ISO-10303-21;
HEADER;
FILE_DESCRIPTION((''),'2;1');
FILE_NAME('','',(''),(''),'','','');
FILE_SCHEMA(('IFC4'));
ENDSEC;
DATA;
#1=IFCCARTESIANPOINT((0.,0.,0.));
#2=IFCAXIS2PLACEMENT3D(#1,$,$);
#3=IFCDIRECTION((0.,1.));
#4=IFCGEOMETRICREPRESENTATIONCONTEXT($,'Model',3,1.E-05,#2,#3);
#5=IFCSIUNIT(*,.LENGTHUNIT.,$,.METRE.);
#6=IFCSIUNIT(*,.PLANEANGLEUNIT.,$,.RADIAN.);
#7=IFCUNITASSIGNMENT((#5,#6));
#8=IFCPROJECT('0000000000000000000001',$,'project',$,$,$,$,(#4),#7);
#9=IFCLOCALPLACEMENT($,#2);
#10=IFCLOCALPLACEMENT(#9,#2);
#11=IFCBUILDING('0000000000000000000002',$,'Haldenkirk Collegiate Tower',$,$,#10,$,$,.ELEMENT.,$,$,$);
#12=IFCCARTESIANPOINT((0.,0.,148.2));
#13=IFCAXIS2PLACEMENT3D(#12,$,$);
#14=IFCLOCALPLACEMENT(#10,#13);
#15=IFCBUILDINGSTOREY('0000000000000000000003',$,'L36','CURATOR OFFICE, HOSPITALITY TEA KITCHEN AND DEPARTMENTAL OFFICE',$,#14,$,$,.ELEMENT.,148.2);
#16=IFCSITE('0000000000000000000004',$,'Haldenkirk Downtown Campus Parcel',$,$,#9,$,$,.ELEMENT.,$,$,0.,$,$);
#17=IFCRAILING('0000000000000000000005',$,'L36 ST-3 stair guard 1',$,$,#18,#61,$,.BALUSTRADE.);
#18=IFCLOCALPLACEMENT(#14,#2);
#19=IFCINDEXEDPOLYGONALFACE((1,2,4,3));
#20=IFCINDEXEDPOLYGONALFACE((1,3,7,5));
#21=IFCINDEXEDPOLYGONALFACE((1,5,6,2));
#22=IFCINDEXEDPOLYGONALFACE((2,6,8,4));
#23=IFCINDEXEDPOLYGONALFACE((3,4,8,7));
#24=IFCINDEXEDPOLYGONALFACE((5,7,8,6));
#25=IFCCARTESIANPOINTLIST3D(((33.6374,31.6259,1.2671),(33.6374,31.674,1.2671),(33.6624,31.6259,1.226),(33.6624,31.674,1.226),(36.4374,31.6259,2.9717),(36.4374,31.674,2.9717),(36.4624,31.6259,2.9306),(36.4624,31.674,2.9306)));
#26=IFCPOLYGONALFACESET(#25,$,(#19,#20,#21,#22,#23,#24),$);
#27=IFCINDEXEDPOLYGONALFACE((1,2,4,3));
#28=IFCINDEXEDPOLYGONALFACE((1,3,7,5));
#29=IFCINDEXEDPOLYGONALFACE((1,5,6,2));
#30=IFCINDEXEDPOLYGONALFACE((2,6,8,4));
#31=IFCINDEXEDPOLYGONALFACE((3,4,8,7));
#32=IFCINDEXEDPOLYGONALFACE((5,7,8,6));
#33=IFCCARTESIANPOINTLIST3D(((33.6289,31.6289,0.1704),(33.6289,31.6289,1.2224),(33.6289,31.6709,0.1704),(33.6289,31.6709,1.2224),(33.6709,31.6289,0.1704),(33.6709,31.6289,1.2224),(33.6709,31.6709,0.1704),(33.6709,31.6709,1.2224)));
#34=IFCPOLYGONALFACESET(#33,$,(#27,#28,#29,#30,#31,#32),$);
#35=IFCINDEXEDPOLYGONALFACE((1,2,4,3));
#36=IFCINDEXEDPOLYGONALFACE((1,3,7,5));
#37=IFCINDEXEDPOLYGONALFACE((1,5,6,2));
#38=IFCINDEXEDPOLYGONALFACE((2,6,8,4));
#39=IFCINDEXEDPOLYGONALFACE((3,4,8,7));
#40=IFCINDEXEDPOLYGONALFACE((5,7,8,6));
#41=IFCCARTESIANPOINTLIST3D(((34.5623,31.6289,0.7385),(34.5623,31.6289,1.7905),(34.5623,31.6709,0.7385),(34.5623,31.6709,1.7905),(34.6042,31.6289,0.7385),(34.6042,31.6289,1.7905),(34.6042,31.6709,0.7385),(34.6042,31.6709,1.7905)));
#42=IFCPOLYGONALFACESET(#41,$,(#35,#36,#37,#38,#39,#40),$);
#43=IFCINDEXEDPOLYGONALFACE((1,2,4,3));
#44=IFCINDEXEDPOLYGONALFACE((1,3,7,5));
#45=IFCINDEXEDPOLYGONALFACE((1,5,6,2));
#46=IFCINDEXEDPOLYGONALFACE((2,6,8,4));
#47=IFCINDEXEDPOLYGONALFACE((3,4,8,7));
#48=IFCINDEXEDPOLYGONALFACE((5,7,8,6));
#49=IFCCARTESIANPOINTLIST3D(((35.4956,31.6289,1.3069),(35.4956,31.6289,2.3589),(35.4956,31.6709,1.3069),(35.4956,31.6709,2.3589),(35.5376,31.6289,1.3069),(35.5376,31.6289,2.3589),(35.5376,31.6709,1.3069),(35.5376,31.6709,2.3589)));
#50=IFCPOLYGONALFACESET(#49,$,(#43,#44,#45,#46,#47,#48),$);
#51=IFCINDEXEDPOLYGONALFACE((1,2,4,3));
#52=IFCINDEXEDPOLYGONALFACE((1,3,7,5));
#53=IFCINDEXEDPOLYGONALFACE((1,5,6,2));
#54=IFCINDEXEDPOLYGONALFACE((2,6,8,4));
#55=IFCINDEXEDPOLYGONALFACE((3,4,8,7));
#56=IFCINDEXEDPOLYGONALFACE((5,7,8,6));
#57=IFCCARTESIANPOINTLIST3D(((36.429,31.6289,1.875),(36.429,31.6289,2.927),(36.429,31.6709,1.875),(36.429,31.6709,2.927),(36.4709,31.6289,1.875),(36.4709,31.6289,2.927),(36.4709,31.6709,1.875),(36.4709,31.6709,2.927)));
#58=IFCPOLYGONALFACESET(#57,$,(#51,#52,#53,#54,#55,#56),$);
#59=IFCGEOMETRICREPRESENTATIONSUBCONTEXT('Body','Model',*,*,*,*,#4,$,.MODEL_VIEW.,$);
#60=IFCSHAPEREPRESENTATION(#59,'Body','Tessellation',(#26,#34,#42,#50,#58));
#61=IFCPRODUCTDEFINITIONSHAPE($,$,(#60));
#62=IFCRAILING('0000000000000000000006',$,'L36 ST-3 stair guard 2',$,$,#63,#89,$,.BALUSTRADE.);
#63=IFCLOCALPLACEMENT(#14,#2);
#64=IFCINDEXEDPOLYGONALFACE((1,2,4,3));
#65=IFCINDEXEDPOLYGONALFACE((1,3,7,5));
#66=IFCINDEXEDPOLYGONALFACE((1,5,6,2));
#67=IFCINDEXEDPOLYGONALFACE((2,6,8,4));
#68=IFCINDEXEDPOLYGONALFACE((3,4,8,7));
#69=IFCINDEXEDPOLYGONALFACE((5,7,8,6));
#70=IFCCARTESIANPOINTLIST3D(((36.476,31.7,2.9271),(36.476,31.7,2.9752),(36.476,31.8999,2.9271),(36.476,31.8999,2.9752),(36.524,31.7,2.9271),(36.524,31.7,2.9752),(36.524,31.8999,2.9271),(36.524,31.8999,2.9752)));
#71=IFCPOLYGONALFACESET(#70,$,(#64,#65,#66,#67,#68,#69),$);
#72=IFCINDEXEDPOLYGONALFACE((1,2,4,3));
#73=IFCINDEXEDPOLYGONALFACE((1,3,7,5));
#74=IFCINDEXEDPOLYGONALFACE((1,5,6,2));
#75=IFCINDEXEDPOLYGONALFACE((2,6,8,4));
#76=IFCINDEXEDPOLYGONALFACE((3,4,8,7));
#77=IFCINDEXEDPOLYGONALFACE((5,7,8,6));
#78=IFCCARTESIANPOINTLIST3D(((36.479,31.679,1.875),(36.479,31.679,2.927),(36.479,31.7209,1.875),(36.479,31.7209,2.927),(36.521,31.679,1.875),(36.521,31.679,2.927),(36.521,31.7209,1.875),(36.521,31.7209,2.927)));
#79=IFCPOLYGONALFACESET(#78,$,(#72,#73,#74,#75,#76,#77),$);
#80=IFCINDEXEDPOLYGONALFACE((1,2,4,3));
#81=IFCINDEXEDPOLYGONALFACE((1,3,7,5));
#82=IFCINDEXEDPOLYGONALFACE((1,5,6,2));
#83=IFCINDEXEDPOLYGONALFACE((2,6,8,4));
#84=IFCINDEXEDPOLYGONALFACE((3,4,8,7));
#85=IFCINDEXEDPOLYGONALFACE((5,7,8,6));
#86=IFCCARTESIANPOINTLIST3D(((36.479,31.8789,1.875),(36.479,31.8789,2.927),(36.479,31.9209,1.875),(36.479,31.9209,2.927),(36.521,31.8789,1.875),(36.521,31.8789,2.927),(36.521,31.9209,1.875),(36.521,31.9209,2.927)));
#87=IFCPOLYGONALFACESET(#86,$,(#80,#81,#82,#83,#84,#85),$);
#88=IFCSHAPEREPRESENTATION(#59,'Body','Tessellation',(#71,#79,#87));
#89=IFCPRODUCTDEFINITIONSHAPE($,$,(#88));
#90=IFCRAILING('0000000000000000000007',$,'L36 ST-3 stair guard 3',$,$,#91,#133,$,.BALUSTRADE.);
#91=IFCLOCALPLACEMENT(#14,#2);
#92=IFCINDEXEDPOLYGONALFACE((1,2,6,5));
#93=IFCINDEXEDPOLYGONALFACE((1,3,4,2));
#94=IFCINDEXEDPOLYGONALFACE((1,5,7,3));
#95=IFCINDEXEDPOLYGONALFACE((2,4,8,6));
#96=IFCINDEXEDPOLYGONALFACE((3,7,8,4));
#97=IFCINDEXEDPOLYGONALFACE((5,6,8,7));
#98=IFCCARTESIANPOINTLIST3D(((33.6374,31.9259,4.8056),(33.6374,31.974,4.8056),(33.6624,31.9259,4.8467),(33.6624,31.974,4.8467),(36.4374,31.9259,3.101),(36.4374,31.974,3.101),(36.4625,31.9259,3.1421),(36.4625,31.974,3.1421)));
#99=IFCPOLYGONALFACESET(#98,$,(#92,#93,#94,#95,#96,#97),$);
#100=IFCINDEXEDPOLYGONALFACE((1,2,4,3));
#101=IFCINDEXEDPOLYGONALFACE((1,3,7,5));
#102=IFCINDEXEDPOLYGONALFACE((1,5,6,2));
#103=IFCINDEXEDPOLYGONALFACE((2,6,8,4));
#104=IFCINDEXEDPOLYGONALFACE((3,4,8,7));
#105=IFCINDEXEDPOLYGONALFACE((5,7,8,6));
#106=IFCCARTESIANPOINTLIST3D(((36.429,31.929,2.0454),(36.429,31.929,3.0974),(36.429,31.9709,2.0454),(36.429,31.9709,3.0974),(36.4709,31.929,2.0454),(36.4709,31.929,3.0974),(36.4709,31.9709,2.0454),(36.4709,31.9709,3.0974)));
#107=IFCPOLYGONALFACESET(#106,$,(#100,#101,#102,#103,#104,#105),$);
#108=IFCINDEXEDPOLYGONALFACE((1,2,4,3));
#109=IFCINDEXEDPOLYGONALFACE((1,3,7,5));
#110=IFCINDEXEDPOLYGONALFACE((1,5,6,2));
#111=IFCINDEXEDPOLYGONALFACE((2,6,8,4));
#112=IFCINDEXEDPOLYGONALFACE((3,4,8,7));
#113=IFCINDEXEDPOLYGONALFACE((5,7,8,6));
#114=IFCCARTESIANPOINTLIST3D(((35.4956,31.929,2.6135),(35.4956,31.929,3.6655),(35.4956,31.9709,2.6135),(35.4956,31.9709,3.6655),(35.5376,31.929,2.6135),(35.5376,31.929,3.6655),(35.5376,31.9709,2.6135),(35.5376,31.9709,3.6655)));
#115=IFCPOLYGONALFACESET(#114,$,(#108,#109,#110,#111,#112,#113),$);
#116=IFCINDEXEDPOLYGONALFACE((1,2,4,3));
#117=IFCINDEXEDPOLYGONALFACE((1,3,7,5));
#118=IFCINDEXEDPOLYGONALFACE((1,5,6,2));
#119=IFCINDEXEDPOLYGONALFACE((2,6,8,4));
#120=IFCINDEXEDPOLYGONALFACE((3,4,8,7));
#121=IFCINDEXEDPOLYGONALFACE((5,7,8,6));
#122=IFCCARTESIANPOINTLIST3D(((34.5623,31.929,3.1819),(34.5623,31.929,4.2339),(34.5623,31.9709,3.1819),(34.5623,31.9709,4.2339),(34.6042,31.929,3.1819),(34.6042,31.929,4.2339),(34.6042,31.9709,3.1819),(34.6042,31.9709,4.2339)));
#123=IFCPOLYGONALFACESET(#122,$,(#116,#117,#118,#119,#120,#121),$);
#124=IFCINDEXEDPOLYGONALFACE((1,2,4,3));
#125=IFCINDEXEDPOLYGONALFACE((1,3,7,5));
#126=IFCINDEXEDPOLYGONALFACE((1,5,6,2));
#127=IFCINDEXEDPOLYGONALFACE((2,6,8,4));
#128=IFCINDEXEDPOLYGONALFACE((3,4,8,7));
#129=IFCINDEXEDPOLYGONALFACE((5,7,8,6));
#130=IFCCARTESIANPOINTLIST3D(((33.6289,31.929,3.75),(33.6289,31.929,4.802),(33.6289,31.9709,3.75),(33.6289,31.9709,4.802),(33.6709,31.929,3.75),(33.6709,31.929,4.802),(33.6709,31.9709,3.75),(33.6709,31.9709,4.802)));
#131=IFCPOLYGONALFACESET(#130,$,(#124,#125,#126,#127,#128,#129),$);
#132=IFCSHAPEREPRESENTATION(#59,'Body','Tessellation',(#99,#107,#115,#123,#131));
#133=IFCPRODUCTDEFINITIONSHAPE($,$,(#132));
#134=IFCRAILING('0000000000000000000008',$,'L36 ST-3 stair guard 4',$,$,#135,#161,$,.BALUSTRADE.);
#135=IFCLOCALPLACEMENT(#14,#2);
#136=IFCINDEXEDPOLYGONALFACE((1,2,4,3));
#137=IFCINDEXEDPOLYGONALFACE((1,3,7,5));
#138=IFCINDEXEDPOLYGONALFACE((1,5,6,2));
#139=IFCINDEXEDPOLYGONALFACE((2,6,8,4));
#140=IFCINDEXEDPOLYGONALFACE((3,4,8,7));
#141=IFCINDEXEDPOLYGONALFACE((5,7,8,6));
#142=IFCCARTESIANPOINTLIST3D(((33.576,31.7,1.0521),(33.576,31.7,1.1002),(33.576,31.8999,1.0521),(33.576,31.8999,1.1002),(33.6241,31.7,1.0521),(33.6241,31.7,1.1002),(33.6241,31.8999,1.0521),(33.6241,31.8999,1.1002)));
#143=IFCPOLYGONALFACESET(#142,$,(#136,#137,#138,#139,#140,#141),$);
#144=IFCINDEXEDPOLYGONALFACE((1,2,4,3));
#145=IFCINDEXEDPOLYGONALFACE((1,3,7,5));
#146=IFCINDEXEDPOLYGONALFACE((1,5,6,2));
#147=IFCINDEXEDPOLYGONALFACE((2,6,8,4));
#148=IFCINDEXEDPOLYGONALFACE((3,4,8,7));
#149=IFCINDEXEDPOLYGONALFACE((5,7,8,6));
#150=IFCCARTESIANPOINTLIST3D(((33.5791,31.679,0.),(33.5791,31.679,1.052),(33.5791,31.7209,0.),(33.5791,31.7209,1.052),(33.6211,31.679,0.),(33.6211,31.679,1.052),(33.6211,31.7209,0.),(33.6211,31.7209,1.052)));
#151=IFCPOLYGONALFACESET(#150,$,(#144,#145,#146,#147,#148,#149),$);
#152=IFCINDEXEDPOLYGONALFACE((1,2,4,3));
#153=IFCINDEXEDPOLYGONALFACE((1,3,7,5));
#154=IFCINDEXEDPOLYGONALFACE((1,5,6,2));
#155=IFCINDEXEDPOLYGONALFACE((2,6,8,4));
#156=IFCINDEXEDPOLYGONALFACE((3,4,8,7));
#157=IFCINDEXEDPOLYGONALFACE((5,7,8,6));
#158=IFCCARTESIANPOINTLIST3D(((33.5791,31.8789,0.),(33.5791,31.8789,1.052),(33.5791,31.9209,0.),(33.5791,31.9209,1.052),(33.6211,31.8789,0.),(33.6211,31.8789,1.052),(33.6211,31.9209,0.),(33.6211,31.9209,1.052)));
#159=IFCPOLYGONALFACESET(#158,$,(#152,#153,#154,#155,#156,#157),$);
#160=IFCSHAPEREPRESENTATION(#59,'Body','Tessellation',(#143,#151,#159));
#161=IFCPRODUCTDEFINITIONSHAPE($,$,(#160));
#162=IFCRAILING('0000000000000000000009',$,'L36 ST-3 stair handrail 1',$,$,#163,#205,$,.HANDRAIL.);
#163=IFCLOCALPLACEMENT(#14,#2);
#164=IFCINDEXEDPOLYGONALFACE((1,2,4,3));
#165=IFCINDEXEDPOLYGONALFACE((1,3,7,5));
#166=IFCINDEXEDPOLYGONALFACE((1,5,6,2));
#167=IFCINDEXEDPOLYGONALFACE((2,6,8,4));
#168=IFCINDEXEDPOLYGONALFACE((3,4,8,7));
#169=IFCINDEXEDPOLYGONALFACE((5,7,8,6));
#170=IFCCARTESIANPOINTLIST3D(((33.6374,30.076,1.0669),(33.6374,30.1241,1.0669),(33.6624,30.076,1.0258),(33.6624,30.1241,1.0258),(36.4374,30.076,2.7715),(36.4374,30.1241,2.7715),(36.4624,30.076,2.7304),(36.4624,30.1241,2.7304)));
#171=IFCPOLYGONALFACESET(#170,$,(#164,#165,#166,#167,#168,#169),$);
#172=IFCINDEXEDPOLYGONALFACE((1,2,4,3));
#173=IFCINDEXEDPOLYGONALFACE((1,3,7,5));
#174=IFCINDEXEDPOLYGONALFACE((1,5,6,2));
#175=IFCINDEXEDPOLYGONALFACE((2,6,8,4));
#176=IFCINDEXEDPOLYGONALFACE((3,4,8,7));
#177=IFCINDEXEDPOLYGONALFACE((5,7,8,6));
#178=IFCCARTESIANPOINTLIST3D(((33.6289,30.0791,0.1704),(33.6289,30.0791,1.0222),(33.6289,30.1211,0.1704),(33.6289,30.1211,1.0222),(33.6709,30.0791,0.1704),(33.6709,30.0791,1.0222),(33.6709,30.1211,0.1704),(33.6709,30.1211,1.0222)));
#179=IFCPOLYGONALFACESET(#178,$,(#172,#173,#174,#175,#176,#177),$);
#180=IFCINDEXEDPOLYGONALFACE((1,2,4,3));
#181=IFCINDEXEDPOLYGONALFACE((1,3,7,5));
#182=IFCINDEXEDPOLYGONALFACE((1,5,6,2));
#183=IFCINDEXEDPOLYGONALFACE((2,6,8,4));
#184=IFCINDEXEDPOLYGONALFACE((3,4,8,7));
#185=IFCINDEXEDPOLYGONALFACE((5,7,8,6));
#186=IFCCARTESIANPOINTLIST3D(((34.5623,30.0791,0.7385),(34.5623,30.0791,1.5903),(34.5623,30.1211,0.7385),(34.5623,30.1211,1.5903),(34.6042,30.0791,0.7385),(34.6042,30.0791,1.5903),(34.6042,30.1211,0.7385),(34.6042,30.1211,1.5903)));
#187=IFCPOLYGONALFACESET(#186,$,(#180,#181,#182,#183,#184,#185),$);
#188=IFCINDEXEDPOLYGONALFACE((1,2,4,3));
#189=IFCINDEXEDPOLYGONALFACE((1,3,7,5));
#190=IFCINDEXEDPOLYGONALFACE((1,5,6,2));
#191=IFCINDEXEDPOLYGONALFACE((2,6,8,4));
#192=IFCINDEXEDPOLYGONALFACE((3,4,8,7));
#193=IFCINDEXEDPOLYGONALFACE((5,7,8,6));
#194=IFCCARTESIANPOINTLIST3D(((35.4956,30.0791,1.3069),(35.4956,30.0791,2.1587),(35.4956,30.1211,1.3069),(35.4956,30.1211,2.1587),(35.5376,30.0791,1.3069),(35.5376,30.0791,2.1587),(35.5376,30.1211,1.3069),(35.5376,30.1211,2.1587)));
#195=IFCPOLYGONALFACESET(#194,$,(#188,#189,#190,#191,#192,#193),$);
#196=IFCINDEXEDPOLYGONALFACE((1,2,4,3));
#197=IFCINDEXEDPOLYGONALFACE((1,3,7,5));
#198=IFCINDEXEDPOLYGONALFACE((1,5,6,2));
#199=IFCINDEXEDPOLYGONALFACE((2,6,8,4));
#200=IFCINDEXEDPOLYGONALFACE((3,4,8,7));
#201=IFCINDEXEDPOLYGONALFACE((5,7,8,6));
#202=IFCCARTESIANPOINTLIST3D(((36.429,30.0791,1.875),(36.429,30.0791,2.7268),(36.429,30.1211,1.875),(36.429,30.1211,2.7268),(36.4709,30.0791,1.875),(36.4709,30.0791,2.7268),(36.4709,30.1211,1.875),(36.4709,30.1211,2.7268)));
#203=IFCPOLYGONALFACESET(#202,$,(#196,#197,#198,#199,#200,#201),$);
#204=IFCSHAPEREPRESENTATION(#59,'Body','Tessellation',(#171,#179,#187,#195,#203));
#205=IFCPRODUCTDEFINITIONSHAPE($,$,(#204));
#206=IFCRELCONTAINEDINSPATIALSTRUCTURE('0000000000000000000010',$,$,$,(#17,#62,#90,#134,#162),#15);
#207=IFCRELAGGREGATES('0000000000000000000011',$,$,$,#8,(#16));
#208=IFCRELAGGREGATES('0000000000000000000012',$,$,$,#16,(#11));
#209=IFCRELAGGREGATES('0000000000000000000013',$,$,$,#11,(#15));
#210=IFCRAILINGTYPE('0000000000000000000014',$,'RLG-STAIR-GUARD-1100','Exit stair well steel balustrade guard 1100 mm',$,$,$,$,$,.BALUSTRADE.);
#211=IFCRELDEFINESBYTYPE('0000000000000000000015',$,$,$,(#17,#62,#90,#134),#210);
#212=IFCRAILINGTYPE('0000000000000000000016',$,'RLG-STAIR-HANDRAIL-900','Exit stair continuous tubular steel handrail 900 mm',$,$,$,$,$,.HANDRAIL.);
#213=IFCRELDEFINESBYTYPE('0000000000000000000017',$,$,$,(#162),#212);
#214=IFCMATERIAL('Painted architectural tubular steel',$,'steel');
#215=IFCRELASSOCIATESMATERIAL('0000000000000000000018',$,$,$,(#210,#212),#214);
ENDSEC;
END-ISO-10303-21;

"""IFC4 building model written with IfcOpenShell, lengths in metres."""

from ifc_helpers import new_model, si_unit, direction, frame, origin, origin_2d, place, context, subcontext, project, spatial, rectangle, extrude, material, type_object, element, save


model = new_model("IFC4")

# Units and contexts
model_context = context("Model", 3, precision=1e-05, world=origin(), true_north=direction((0.0, 1.0)))
body_context = subcontext(model_context, "Body", "Model", "MODEL_VIEW")
ifc_project = project(units=[si_unit("LENGTHUNIT", "METRE"), si_unit("PLANEANGLEUNIT", "RADIAN")], contexts=[model_context])

# Site, building, storey
site_placement = place(None, origin())
site = spatial("IfcSite", under=ifc_project, at=site_placement, Name="Haldenkirk Downtown Campus Parcel", CompositionType="ELEMENT", RefElevation=0.0)
building_placement = place(site_placement, origin())
building = spatial("IfcBuilding", under=site, at=building_placement, Name="Haldenkirk Collegiate Tower", CompositionType="ELEMENT")
storey_placement = place(building_placement, frame((0.0, 0.0, 148.2)))
storey = spatial("IfcBuildingStorey", under=building, at=storey_placement, Name="L36", Description="CURATOR OFFICE, HOSPITALITY TEA KITCHEN AND DEPARTMENTAL OFFICE", CompositionType="ELEMENT", Elevation=148.2)

# Railings
ifc_material_1 = material(Name="Painted architectural tubular steel", Category="steel")
railing_type_1 = type_object("IfcRailingType", Name="RLG-STAIR-GUARD-1100", Description="Exit stair well steel balustrade guard 1100 mm", PredefinedType="BALUSTRADE", material=ifc_material_1)
railing_1_placement = place(storey_placement, frame((33.6499, 31.6499, 0.1704)))
element("IfcRailing", 1, at=railing_1_placement, inside=storey, type_object=railing_type_1, Name="L36 ST-3 stair guard 1", PredefinedType="BALUSTRADE", context=body_context, shape_type="SweptSolid", body=[
    extrude(rectangle(XDim=0.0481, YDim=0.0481, at=origin_2d()), frame((0.0, 0.0, 1.0762), z_axis=(0.85417, 0.0, 0.519994), x_axis=(0.0, 1.0, 0.0)), (0.0, 0.0, 1.0), 3.2781),
    extrude(rectangle(XDim=0.042, YDim=0.042, at=origin_2d()), origin(), (0.0, 0.0, 1.0), 1.052),
    extrude(rectangle(XDim=0.042, YDim=0.042, at=origin_2d()), frame((0.9333, 0.0, 0.5681)), (0.0, 0.0, 1.0), 1.052),
    extrude(rectangle(XDim=0.042, YDim=0.042, at=origin_2d()), frame((1.8667, 0.0, 1.1365)), (0.0, 0.0, 1.0), 1.052),
    extrude(rectangle(XDim=0.042, YDim=0.042, at=origin_2d()), frame((2.8, 0.0, 1.7046)), (0.0, 0.0, 1.0), 1.052),
])
railing_2_placement = place(storey_placement, frame((36.5, 31.7, 1.875)))
element("IfcRailing", 2, at=railing_2_placement, inside=storey, type_object=railing_type_1, Name="L36 ST-3 stair guard 2", PredefinedType="BALUSTRADE", context=body_context, shape_type="SweptSolid", body=[
    extrude(rectangle(XDim=0.0481, YDim=0.0481, at=origin_2d()), frame((0.0, 0.0, 1.0762), z_axis=(0.0, 1.0, 0.0), x_axis=(-1.0, 0.0, 0.0)), (0.0, 0.0, 1.0), 0.2),
    extrude(rectangle(XDim=0.042, YDim=0.042, at=origin_2d()), origin(), (0.0, 0.0, 1.0), 1.052),
    extrude(rectangle(XDim=0.042, YDim=0.042, at=origin_2d()), frame((0.0, 0.2, 0.0)), (0.0, 0.0, 1.0), 1.052),
])
railing_3_placement = place(storey_placement, frame((36.45, 31.95, 2.0454)))
element("IfcRailing", 3, at=railing_3_placement, inside=storey, type_object=railing_type_1, Name="L36 ST-3 stair guard 3", PredefinedType="BALUSTRADE", context=body_context, shape_type="SweptSolid", body=[
    extrude(rectangle(XDim=0.0481, YDim=0.0481, at=origin_2d()), frame((0.0, 0.0, 1.0762), z_axis=(-0.85417, 0.0, 0.519994), x_axis=(0.0, -1.0, 0.0)), (0.0, 0.0, 1.0), 3.2781),
    extrude(rectangle(XDim=0.042, YDim=0.042, at=origin_2d()), origin(), (0.0, 0.0, 1.0), 1.052),
    extrude(rectangle(XDim=0.042, YDim=0.042, at=origin_2d()), frame((-0.9333, 0.0, 0.5681)), (0.0, 0.0, 1.0), 1.052),
    extrude(rectangle(XDim=0.042, YDim=0.042, at=origin_2d()), frame((-1.8667, 0.0, 1.1365)), (0.0, 0.0, 1.0), 1.052),
    extrude(rectangle(XDim=0.042, YDim=0.042, at=origin_2d()), frame((-2.8, 0.0, 1.7046)), (0.0, 0.0, 1.0), 1.052),
])
railing_4_placement = place(storey_placement, frame((33.6001, 31.7, 0.0)))
element("IfcRailing", 4, at=railing_4_placement, inside=storey, type_object=railing_type_1, Name="L36 ST-3 stair guard 4", PredefinedType="BALUSTRADE", context=body_context, shape_type="SweptSolid", body=[
    extrude(rectangle(XDim=0.0481, YDim=0.0481, at=origin_2d()), frame((0.0, 0.0, 1.0762), z_axis=(0.0, 1.0, 0.0), x_axis=(-1.0, 0.0, 0.0)), (0.0, 0.0, 1.0), 0.2),
    extrude(rectangle(XDim=0.042, YDim=0.042, at=origin_2d()), origin(), (0.0, 0.0, 1.0), 1.052),
    extrude(rectangle(XDim=0.042, YDim=0.042, at=origin_2d()), frame((0.0, 0.2, 0.0)), (0.0, 0.0, 1.0), 1.052),
])
railing_type_2 = type_object("IfcRailingType", Name="RLG-STAIR-HANDRAIL-900", Description="Exit stair continuous tubular steel handrail 900 mm", PredefinedType="HANDRAIL", material=ifc_material_1)
railing_5_placement = place(storey_placement, frame((33.6499, 30.1001, 0.1704)))
element("IfcRailing", 5, at=railing_5_placement, inside=storey, type_object=railing_type_2, Name="L36 ST-3 stair handrail 1", PredefinedType="HANDRAIL", context=body_context, shape_type="SweptSolid", body=[
    extrude(rectangle(XDim=0.0481, YDim=0.0481, at=origin_2d()), frame((0.0, 0.0, 0.876), z_axis=(0.85417, 0.0, 0.519994), x_axis=(0.0, 1.0, 0.0)), (0.0, 0.0, 1.0), 3.2781),
    extrude(rectangle(XDim=0.042, YDim=0.042, at=origin_2d()), origin(), (0.0, 0.0, 1.0), 0.8518),
    extrude(rectangle(XDim=0.042, YDim=0.042, at=origin_2d()), frame((0.9333, 0.0, 0.5681)), (0.0, 0.0, 1.0), 0.8518),
    extrude(rectangle(XDim=0.042, YDim=0.042, at=origin_2d()), frame((1.8667, 0.0, 1.1365)), (0.0, 0.0, 1.0), 0.8518),
    extrude(rectangle(XDim=0.042, YDim=0.042, at=origin_2d()), frame((2.8, 0.0, 1.7046)), (0.0, 0.0, 1.0), 0.8518),
])

save(model, "model.ifc")
